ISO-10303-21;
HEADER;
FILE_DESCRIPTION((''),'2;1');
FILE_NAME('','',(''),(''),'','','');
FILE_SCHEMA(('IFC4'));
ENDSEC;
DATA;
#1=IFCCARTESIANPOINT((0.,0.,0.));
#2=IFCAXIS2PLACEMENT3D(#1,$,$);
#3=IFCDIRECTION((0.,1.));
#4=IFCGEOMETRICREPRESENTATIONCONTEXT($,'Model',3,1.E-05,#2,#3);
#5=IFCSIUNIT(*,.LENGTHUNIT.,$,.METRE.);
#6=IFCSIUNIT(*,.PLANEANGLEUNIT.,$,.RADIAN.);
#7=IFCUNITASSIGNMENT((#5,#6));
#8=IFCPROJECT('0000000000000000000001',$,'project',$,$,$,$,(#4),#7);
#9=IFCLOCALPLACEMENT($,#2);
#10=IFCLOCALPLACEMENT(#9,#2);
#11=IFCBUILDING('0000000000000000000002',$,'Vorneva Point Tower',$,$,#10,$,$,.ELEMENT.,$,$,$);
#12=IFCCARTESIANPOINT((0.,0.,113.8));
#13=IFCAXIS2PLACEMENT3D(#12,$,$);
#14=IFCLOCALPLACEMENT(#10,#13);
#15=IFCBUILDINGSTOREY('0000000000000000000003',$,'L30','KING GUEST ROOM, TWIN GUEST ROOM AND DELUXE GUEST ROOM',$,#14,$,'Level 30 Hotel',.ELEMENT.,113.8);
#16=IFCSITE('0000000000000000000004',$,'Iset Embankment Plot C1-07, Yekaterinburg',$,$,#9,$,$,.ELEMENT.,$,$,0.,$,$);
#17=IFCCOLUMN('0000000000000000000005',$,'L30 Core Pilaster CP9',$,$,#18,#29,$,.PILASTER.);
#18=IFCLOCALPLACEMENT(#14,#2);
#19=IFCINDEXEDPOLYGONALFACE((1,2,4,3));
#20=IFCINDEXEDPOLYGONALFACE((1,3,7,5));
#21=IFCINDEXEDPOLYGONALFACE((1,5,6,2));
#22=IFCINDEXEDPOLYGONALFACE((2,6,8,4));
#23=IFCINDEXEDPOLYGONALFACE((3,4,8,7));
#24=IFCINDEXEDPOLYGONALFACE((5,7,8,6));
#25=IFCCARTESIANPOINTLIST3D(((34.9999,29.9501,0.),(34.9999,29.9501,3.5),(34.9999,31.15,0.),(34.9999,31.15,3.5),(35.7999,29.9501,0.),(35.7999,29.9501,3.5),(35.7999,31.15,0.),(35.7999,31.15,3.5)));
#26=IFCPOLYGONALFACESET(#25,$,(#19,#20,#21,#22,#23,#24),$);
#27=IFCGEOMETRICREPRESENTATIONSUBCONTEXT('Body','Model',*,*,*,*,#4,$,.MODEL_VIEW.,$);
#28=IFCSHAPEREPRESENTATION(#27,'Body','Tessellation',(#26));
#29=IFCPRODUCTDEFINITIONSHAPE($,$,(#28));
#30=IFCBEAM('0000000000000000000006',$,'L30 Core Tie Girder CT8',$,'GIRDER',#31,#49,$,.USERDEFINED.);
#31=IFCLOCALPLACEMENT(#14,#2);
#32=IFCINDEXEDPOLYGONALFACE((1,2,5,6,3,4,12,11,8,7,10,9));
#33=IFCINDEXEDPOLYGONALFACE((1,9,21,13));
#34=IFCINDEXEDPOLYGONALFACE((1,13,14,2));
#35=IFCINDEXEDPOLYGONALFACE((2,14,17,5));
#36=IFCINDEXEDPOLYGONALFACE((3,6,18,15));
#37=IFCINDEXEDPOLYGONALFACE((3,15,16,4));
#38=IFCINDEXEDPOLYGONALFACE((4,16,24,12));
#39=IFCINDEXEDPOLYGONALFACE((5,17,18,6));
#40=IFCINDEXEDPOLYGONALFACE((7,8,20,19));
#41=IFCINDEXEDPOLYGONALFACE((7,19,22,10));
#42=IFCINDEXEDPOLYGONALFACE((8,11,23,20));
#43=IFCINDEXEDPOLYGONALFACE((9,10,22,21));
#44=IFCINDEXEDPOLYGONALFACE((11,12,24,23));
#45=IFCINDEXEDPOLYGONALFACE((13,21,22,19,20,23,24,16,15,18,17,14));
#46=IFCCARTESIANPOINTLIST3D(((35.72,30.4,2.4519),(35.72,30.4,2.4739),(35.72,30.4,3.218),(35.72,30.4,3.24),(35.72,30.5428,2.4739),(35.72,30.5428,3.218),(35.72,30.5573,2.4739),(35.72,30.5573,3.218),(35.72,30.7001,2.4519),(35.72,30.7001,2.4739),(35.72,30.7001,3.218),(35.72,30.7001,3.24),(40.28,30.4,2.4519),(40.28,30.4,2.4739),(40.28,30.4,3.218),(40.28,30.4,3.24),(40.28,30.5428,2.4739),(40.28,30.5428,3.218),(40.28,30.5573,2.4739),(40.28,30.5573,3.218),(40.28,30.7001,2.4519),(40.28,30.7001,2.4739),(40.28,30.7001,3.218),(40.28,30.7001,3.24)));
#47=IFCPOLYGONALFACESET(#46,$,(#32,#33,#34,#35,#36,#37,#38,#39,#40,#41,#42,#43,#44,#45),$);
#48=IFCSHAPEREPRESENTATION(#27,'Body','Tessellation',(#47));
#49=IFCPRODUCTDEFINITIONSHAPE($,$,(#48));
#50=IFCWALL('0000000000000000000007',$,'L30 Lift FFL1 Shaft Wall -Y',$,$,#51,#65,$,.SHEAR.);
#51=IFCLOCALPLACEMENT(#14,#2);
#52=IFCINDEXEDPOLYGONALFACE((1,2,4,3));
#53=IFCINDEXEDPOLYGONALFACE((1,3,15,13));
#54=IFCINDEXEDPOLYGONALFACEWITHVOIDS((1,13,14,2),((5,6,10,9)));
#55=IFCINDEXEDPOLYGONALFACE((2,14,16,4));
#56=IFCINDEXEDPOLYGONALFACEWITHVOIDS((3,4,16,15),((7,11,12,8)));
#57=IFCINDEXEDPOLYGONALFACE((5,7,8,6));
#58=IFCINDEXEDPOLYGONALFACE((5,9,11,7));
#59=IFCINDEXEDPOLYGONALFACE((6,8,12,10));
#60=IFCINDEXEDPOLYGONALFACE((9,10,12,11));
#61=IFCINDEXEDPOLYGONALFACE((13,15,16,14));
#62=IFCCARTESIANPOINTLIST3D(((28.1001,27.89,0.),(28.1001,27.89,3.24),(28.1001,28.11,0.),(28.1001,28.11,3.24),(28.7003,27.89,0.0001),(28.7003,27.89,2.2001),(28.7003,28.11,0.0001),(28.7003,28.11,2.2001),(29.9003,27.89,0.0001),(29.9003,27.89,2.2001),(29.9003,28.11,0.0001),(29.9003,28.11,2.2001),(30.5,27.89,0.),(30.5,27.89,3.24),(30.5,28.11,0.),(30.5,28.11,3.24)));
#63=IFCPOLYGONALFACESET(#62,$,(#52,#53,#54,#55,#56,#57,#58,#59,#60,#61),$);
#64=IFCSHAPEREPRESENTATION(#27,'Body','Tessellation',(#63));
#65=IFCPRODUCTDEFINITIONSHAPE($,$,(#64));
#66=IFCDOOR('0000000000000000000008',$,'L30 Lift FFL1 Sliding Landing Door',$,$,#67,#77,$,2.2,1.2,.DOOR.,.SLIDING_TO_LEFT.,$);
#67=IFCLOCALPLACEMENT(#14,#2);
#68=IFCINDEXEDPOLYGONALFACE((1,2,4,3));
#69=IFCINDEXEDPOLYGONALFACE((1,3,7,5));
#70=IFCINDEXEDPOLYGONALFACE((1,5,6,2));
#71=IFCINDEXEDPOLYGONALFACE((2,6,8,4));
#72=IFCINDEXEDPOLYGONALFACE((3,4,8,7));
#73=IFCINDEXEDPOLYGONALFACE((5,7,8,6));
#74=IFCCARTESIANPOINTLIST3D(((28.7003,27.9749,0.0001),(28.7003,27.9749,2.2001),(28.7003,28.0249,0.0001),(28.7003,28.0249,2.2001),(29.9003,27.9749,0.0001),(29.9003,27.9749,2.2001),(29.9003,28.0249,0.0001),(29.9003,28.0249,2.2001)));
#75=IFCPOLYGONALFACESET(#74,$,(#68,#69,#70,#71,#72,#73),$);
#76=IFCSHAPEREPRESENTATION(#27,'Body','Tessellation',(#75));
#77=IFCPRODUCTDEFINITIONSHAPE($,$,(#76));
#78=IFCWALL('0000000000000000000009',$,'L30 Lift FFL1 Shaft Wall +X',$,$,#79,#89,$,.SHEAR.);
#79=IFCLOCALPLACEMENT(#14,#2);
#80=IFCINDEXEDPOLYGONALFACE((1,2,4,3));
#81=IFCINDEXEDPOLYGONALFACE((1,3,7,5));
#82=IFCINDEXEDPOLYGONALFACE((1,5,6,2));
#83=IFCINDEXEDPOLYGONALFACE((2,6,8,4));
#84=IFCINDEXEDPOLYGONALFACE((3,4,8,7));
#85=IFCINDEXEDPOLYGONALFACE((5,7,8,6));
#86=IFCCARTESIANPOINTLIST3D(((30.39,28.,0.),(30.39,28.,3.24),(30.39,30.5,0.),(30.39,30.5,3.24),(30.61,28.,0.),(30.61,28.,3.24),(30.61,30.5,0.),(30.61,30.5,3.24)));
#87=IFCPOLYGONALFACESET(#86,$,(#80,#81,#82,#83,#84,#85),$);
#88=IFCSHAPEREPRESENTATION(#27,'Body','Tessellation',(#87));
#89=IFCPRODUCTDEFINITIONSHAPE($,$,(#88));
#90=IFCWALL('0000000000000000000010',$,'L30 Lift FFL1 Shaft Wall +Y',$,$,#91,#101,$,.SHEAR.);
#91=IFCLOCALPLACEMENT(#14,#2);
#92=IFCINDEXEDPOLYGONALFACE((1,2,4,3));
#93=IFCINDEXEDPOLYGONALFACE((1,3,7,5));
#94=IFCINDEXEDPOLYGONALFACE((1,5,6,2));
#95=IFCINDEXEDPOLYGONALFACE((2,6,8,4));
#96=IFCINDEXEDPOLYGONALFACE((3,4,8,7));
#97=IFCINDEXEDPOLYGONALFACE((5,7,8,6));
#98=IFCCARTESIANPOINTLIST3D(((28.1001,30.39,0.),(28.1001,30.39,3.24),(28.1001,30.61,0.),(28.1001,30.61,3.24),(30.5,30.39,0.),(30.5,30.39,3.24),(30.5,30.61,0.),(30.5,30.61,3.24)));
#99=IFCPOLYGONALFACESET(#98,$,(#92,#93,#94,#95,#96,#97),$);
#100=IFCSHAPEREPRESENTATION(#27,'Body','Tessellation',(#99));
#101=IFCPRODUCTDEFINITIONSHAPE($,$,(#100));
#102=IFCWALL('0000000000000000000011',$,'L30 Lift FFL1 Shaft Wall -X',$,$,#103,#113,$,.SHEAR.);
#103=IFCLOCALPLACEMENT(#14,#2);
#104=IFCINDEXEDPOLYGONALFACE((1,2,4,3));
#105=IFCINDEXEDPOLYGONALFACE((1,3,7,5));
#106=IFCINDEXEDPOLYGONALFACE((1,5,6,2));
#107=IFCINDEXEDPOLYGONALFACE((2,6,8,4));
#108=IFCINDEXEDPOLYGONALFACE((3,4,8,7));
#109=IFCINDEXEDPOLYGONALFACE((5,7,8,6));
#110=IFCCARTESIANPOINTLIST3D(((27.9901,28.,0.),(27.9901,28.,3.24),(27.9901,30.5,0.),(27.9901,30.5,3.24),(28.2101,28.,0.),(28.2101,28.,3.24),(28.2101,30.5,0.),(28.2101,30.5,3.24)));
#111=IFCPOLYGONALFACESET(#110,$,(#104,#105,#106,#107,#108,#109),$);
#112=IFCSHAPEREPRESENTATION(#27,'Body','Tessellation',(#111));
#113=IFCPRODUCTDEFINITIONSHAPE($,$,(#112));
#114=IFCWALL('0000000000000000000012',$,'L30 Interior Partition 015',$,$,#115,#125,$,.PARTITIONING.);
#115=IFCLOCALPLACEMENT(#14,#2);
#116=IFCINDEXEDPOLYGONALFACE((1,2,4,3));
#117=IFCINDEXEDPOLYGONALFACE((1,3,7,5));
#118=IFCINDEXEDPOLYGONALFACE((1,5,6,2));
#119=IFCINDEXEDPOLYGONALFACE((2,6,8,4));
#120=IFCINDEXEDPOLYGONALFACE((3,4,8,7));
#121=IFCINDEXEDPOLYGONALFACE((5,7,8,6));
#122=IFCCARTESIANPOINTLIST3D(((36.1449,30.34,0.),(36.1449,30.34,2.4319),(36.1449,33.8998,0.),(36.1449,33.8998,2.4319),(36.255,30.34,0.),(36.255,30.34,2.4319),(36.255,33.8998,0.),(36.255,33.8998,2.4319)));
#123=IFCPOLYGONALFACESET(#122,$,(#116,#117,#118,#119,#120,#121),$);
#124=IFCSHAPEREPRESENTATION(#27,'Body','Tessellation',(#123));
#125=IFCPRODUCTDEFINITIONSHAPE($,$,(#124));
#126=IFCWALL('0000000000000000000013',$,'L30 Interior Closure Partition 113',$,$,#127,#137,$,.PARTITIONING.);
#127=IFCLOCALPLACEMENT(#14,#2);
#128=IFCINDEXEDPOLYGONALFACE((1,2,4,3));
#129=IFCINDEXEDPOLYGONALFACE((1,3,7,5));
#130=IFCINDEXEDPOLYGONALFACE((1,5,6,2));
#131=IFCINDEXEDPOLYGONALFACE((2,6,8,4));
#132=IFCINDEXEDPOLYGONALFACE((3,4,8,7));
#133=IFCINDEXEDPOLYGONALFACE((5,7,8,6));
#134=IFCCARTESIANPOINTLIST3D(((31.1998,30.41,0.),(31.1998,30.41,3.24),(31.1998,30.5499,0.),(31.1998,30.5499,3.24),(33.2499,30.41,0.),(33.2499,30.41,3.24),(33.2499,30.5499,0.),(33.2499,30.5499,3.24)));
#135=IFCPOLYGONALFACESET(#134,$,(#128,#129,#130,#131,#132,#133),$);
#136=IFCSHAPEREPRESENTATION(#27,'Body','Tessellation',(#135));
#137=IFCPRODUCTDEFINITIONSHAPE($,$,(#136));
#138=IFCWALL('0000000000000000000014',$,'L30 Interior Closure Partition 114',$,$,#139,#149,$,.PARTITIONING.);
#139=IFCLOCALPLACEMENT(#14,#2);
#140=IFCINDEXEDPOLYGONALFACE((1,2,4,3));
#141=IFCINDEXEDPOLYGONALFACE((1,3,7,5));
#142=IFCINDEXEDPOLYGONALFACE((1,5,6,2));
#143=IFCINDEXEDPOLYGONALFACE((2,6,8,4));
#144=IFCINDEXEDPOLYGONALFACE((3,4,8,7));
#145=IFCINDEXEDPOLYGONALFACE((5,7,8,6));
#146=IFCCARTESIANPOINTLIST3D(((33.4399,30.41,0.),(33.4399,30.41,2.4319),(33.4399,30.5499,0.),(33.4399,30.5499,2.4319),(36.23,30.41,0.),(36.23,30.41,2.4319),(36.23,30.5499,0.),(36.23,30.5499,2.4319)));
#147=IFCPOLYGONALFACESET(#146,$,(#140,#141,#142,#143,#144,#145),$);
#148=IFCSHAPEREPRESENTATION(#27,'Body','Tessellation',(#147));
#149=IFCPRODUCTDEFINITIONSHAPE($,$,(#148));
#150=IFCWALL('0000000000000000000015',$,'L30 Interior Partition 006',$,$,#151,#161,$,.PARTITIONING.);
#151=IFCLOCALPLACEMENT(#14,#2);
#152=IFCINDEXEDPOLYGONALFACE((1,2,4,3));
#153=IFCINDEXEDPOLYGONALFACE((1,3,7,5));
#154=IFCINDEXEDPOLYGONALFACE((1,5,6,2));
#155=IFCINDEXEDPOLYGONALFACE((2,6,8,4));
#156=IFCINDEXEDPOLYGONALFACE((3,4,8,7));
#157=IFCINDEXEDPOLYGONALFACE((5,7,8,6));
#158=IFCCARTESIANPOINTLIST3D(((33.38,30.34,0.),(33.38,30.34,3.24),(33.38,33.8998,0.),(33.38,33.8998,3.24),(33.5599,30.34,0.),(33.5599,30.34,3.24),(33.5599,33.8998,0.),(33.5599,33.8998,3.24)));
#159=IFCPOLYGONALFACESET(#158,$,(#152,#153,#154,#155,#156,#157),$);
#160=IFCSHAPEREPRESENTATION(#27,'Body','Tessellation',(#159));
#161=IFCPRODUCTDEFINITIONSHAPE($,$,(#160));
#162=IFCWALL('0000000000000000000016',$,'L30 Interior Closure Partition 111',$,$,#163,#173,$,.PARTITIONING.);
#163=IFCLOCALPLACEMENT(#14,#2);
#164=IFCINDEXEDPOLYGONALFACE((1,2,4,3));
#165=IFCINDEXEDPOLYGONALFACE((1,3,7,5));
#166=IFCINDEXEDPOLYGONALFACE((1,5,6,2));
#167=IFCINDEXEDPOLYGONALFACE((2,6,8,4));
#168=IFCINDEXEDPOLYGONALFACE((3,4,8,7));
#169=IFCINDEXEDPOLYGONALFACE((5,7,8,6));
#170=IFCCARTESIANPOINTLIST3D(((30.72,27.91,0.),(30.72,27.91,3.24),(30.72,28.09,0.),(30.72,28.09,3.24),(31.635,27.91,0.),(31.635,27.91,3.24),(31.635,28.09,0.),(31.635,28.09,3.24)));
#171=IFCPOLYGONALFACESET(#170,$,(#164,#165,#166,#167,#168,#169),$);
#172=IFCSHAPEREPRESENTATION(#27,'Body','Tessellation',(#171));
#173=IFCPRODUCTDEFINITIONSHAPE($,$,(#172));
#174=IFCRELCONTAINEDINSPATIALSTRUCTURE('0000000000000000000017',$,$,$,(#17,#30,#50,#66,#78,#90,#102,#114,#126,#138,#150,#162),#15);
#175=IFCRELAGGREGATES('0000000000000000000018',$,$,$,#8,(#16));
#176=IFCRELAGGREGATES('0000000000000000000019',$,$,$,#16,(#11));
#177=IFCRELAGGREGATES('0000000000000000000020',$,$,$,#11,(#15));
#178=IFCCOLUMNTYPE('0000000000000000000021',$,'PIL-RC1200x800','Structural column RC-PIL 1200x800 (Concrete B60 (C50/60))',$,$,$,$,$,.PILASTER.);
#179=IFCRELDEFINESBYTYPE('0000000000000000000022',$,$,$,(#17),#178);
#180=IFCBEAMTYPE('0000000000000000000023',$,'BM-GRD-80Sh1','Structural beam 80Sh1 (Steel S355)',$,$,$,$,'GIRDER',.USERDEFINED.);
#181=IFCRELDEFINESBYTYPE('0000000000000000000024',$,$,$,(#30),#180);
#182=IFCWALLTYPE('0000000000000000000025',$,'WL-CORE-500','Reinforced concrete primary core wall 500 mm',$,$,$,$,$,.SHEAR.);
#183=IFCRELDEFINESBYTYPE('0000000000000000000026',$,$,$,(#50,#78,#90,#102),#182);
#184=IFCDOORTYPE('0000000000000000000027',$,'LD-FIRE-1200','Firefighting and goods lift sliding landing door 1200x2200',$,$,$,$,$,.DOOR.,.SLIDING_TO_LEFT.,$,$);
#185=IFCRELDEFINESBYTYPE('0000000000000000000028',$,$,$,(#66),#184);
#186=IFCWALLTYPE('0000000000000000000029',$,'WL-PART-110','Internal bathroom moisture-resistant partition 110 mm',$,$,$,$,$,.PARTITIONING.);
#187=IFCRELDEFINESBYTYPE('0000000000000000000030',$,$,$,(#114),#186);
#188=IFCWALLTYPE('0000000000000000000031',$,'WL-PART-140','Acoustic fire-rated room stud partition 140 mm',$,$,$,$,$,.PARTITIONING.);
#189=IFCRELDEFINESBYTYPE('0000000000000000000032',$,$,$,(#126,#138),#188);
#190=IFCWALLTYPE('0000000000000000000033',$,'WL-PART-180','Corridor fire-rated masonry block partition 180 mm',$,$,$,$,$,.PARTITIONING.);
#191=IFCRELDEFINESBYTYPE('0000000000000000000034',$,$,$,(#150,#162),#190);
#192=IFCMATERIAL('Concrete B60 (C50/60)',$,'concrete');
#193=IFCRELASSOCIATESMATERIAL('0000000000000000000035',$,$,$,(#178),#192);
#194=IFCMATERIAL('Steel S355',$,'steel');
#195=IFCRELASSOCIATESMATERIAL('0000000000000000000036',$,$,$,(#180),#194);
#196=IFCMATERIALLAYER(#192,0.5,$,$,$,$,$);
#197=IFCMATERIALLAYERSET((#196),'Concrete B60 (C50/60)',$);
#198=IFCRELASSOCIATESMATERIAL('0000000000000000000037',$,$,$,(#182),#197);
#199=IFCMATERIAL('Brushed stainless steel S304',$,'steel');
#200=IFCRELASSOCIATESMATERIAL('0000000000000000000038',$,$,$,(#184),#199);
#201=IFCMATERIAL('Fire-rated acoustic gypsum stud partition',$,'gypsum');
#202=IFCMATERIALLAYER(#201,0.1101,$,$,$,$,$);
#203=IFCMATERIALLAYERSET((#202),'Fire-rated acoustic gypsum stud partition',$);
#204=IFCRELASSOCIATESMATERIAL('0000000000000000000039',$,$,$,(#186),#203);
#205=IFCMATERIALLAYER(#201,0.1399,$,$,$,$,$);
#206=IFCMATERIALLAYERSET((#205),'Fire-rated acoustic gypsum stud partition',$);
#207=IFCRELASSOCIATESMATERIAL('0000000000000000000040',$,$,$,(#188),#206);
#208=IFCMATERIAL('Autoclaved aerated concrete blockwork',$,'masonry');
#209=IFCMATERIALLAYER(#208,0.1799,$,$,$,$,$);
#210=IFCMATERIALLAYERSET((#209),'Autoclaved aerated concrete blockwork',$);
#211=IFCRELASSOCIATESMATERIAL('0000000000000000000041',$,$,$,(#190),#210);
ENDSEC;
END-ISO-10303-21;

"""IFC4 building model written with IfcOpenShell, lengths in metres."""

from ifc_helpers import new_model, si_unit, direction, frame, frame_2d, origin, origin_2d, place, context, subcontext, project, spatial, rectangle, i_section, extrude, material, layer, layer_set, material_profile, profile_set, type_object, element, fill, save


model = new_model("IFC4")

# Units and contexts
model_context = context("Model", 3, precision=1e-05, world=origin(), true_north=direction((0.0, 1.0)))
body_context = subcontext(model_context, "Body", "Model", "MODEL_VIEW")
ifc_project = project(units=[si_unit("LENGTHUNIT", "METRE"), si_unit("PLANEANGLEUNIT", "RADIAN")], contexts=[model_context])

# Site, building, storey
site_placement = place(None, origin())
site = spatial("IfcSite", under=ifc_project, at=site_placement, Name="Iset Embankment Plot C1-07, Yekaterinburg", CompositionType="ELEMENT", RefElevation=0.0)
building_placement = place(site_placement, origin())
building = spatial("IfcBuilding", under=site, at=building_placement, Name="Vorneva Point Tower", CompositionType="ELEMENT")
storey_placement = place(building_placement, frame((0.0, 0.0, 113.8)))
storey = spatial("IfcBuildingStorey", under=building, at=storey_placement, Name="L30", Description="KING GUEST ROOM, TWIN GUEST ROOM AND DELUXE GUEST ROOM", LongName="Level 30 Hotel", CompositionType="ELEMENT", Elevation=113.8)

# Column
ifc_material_1 = material(Name="Concrete B60 (C50/60)", Category="concrete")
ifc_material_profile_1 = material_profile(ifc_material_1, rectangle(XDim=0.8, YDim=1.2, at=origin_2d()), Name="RC-PIL 1200x800")
ifc_profile_set_1 = profile_set([ifc_material_profile_1], Name="Concrete B60 (C50/60)")
column_type = type_object("IfcColumnType", Name="PIL-RC1200x800", Description="Structural column RC-PIL 1200x800 (Concrete B60 (C50/60))", PredefinedType="PILASTER", material=ifc_profile_set_1)
column_placement = place(storey_placement, frame((35.3999, 30.55, 0.0), z_axis=(0.0, 0.0, 1.0), x_axis=(1.0, 0.0, 0.0)))
element("IfcColumn", 1, at=column_placement, inside=storey, type_object=column_type, Name="L30 Core Pilaster CP9", PredefinedType="PILASTER", context=body_context, shape_type="SweptSolid", body=[
    extrude(rectangle(XDim=0.8, YDim=1.2, at=origin_2d()), origin(), (0.0, 0.0, 1.0), 3.5),
])

# Beam
ifc_material_2 = material(Name="Steel S355", Category="steel")
ifc_material_profile_2 = material_profile(ifc_material_2, i_section(OverallWidth=0.3, OverallDepth=0.7881, WebThickness=0.0144, FlangeThickness=0.022, at=origin_2d()), Name="80Sh1")
ifc_profile_set_2 = profile_set([ifc_material_profile_2], Name="Steel S355")
beam_type = type_object("IfcBeamType", Name="BM-GRD-80Sh1", Description="Structural beam 80Sh1 (Steel S355)", ElementType="GIRDER", PredefinedType="USERDEFINED", material=ifc_profile_set_2)
beam_placement = place(storey_placement, frame((35.72, 30.55, 2.8459), z_axis=(1.0, 0.0, 0.0), x_axis=(0.0, 1.0, 0.0)))
element("IfcBeam", 2, at=beam_placement, inside=storey, type_object=beam_type, Name="L30 Core Tie Girder CT8", ObjectType="GIRDER", PredefinedType="USERDEFINED", context=body_context, shape_type="SweptSolid", body=[
    extrude(i_section(OverallWidth=0.3, OverallDepth=0.7881, WebThickness=0.0144, FlangeThickness=0.022, at=origin_2d()), origin(), (0.0, 0.0, 1.0), 4.5601),
])

# Wall, opening, door
ifc_layer_1 = layer(ifc_material_1, 0.5)
ifc_layer_set_1 = layer_set([ifc_layer_1], Name="Concrete B60 (C50/60)")
wall_type_1 = type_object("IfcWallType", Name="WL-CORE-500", Description="Reinforced concrete primary core wall 500 mm", PredefinedType="SHEAR", material=ifc_layer_set_1)
wall_1_placement = place(storey_placement, frame((28.1001, 28.0, 0.0), z_axis=(0.0, 0.0, 1.0), x_axis=(1.0, 0.0, 0.0)))
wall_1 = element("IfcWall", 3, at=wall_1_placement, inside=storey, type_object=wall_type_1, Name="L30 Lift FFL1 Shaft Wall -Y", PredefinedType="SHEAR", context=body_context, shape_type="SweptSolid", body=[
    extrude(rectangle(XDim=2.3999, YDim=0.22, at=frame_2d((1.2, 0.0))), origin(), (0.0, 0.0, 1.0), 3.24),
])
opening_1_placement = place(wall_1_placement, frame((0.6001, 0.0, 0.0)))
opening_1 = element("IfcOpeningElement", 4, at=opening_1_placement, cuts=wall_1, PredefinedType="OPENING", context=body_context, shape_type="SweptSolid", body=[
    extrude(rectangle(XDim=1.2, YDim=2.2, at=frame_2d((0.6001, 1.1001))), frame((0.0, 0.125, 0.0), z_axis=(0.0, -1.0, 0.0), x_axis=(1.0, 0.0, 0.0)), (0.0, 0.0, 1.0), 0.2498),
])
ifc_material_3 = material(Name="Brushed stainless steel S304", Category="steel")
door_type_1 = type_object("IfcDoorType", Name="LD-FIRE-1200", Description="Firefighting and goods lift sliding landing door 1200x2200", OperationType="SLIDING_TO_LEFT", PredefinedType="DOOR", material=ifc_material_3)
door_1_placement = place(opening_1_placement, origin())
door_1 = element("IfcDoor", 5, at=door_1_placement, inside=storey, type_object=door_type_1, Name="L30 Lift FFL1 Sliding Landing Door", OperationType="SLIDING_TO_LEFT", OverallHeight=2.2, OverallWidth=1.2, PredefinedType="DOOR", context=body_context, shape_type="SweptSolid", body=[
    extrude(rectangle(XDim=1.2, YDim=2.2, at=frame_2d((0.6001, 1.1001))), frame((0.0, 0.0249, 0.0), z_axis=(0.0, -1.0, 0.0), x_axis=(1.0, 0.0, 0.0)), (0.0, 0.0, 1.0), 0.05),
])
fill(opening_1, door_1)

# Walls
wall_2_placement = place(storey_placement, frame((30.5, 28.0, 0.0), z_axis=(0.0, 0.0, 1.0), x_axis=(0.0, 1.0, 0.0)))
element("IfcWall", 6, at=wall_2_placement, inside=storey, type_object=wall_type_1, Name="L30 Lift FFL1 Shaft Wall +X", PredefinedType="SHEAR", context=body_context, shape_type="SweptSolid", body=[
    extrude(rectangle(XDim=2.5, YDim=0.22, at=frame_2d((1.25, 0.0))), origin(), (0.0, 0.0, 1.0), 3.24),
])
wall_3_placement = place(storey_placement, frame((30.5, 30.5, 0.0), z_axis=(0.0, 0.0, 1.0), x_axis=(-1.0, 0.0, 0.0)))
element("IfcWall", 7, at=wall_3_placement, inside=storey, type_object=wall_type_1, Name="L30 Lift FFL1 Shaft Wall +Y", PredefinedType="SHEAR", context=body_context, shape_type="SweptSolid", body=[
    extrude(rectangle(XDim=2.3999, YDim=0.22, at=frame_2d((1.2, 0.0))), origin(), (0.0, 0.0, 1.0), 3.24),
])
wall_4_placement = place(storey_placement, frame((28.1001, 30.5, 0.0), z_axis=(0.0, 0.0, 1.0), x_axis=(0.0, -1.0, 0.0)))
element("IfcWall", 8, at=wall_4_placement, inside=storey, type_object=wall_type_1, Name="L30 Lift FFL1 Shaft Wall -X", PredefinedType="SHEAR", context=body_context, shape_type="SweptSolid", body=[
    extrude(rectangle(XDim=2.5, YDim=0.22, at=frame_2d((1.25, 0.0))), origin(), (0.0, 0.0, 1.0), 3.24),
])
ifc_material_4 = material(Name="Fire-rated acoustic gypsum stud partition", Category="gypsum")
ifc_layer_2 = layer(ifc_material_4, 0.1101)
ifc_layer_set_2 = layer_set([ifc_layer_2], Name="Fire-rated acoustic gypsum stud partition")
wall_type_2 = type_object("IfcWallType", Name="WL-PART-110", Description="Internal bathroom moisture-resistant partition 110 mm", PredefinedType="PARTITIONING", material=ifc_layer_set_2)
wall_5_placement = place(storey_placement, frame((36.2, 30.3401, 0.0), z_axis=(0.0, 0.0, 1.0), x_axis=(0.0, 1.0, 0.0)))
element("IfcWall", 9, at=wall_5_placement, inside=storey, type_object=wall_type_2, Name="L30 Interior Partition 015", PredefinedType="PARTITIONING", context=body_context, shape_type="SweptSolid", body=[
    extrude(rectangle(XDim=3.5598, YDim=0.1101, at=frame_2d((1.7798, 0.0))), origin(), (0.0, 0.0, 1.0), 2.4319),
])
ifc_layer_3 = layer(ifc_material_4, 0.1399)
ifc_layer_set_3 = layer_set([ifc_layer_3], Name="Fire-rated acoustic gypsum stud partition")
wall_type_3 = type_object("IfcWallType", Name="WL-PART-140", Description="Acoustic fire-rated room stud partition 140 mm", PredefinedType="PARTITIONING", material=ifc_layer_set_3)
wall_6_placement = place(storey_placement, frame((31.2, 30.48, 0.0), z_axis=(0.0, 0.0, 1.0), x_axis=(1.0, 0.0, 0.0)))
element("IfcWall", 10, at=wall_6_placement, inside=storey, type_object=wall_type_3, Name="L30 Interior Closure Partition 113", PredefinedType="PARTITIONING", context=body_context, shape_type="SweptSolid", body=[
    extrude(rectangle(XDim=2.05, YDim=0.1399, at=frame_2d((1.0249, 0.0))), origin(), (0.0, 0.0, 1.0), 3.24),
])
wall_7_placement = place(storey_placement, frame((33.4399, 30.48, 0.0), z_axis=(0.0, 0.0, 1.0), x_axis=(1.0, 0.0, 0.0)))
element("IfcWall", 11, at=wall_7_placement, inside=storey, type_object=wall_type_3, Name="L30 Interior Closure Partition 114", PredefinedType="PARTITIONING", context=body_context, shape_type="SweptSolid", body=[
    extrude(rectangle(XDim=2.79, YDim=0.1399, at=frame_2d((1.395, 0.0))), origin(), (0.0, 0.0, 1.0), 2.4319),
])
ifc_material_5 = material(Name="Autoclaved aerated concrete blockwork", Category="masonry")
ifc_layer_4 = layer(ifc_material_5, 0.1799)
ifc_layer_set_4 = layer_set([ifc_layer_4], Name="Autoclaved aerated concrete blockwork")
wall_type_4 = type_object("IfcWallType", Name="WL-PART-180", Description="Corridor fire-rated masonry block partition 180 mm", PredefinedType="PARTITIONING", material=ifc_layer_set_4)
wall_8_placement = place(storey_placement, frame((33.47, 30.3401, 0.0), z_axis=(0.0, 0.0, 1.0), x_axis=(0.0, 1.0, 0.0)))
element("IfcWall", 12, at=wall_8_placement, inside=storey, type_object=wall_type_4, Name="L30 Interior Partition 006", PredefinedType="PARTITIONING", context=body_context, shape_type="SweptSolid", body=[
    extrude(rectangle(XDim=3.5598, YDim=0.1799, at=frame_2d((1.7798, 0.0))), origin(), (0.0, 0.0, 1.0), 3.24),
])
wall_9_placement = place(storey_placement, frame((31.635, 28.0, 0.0), z_axis=(0.0, 0.0, 1.0), x_axis=(-1.0, 0.0, 0.0)))
element("IfcWall", 13, at=wall_9_placement, inside=storey, type_object=wall_type_4, Name="L30 Interior Closure Partition 111", PredefinedType="PARTITIONING", context=body_context, shape_type="SweptSolid", body=[
    extrude(rectangle(XDim=0.915, YDim=0.1799, at=frame_2d((0.4575, 0.0))), origin(), (0.0, 0.0, 1.0), 3.24),
])

save(model, "model.ifc")
